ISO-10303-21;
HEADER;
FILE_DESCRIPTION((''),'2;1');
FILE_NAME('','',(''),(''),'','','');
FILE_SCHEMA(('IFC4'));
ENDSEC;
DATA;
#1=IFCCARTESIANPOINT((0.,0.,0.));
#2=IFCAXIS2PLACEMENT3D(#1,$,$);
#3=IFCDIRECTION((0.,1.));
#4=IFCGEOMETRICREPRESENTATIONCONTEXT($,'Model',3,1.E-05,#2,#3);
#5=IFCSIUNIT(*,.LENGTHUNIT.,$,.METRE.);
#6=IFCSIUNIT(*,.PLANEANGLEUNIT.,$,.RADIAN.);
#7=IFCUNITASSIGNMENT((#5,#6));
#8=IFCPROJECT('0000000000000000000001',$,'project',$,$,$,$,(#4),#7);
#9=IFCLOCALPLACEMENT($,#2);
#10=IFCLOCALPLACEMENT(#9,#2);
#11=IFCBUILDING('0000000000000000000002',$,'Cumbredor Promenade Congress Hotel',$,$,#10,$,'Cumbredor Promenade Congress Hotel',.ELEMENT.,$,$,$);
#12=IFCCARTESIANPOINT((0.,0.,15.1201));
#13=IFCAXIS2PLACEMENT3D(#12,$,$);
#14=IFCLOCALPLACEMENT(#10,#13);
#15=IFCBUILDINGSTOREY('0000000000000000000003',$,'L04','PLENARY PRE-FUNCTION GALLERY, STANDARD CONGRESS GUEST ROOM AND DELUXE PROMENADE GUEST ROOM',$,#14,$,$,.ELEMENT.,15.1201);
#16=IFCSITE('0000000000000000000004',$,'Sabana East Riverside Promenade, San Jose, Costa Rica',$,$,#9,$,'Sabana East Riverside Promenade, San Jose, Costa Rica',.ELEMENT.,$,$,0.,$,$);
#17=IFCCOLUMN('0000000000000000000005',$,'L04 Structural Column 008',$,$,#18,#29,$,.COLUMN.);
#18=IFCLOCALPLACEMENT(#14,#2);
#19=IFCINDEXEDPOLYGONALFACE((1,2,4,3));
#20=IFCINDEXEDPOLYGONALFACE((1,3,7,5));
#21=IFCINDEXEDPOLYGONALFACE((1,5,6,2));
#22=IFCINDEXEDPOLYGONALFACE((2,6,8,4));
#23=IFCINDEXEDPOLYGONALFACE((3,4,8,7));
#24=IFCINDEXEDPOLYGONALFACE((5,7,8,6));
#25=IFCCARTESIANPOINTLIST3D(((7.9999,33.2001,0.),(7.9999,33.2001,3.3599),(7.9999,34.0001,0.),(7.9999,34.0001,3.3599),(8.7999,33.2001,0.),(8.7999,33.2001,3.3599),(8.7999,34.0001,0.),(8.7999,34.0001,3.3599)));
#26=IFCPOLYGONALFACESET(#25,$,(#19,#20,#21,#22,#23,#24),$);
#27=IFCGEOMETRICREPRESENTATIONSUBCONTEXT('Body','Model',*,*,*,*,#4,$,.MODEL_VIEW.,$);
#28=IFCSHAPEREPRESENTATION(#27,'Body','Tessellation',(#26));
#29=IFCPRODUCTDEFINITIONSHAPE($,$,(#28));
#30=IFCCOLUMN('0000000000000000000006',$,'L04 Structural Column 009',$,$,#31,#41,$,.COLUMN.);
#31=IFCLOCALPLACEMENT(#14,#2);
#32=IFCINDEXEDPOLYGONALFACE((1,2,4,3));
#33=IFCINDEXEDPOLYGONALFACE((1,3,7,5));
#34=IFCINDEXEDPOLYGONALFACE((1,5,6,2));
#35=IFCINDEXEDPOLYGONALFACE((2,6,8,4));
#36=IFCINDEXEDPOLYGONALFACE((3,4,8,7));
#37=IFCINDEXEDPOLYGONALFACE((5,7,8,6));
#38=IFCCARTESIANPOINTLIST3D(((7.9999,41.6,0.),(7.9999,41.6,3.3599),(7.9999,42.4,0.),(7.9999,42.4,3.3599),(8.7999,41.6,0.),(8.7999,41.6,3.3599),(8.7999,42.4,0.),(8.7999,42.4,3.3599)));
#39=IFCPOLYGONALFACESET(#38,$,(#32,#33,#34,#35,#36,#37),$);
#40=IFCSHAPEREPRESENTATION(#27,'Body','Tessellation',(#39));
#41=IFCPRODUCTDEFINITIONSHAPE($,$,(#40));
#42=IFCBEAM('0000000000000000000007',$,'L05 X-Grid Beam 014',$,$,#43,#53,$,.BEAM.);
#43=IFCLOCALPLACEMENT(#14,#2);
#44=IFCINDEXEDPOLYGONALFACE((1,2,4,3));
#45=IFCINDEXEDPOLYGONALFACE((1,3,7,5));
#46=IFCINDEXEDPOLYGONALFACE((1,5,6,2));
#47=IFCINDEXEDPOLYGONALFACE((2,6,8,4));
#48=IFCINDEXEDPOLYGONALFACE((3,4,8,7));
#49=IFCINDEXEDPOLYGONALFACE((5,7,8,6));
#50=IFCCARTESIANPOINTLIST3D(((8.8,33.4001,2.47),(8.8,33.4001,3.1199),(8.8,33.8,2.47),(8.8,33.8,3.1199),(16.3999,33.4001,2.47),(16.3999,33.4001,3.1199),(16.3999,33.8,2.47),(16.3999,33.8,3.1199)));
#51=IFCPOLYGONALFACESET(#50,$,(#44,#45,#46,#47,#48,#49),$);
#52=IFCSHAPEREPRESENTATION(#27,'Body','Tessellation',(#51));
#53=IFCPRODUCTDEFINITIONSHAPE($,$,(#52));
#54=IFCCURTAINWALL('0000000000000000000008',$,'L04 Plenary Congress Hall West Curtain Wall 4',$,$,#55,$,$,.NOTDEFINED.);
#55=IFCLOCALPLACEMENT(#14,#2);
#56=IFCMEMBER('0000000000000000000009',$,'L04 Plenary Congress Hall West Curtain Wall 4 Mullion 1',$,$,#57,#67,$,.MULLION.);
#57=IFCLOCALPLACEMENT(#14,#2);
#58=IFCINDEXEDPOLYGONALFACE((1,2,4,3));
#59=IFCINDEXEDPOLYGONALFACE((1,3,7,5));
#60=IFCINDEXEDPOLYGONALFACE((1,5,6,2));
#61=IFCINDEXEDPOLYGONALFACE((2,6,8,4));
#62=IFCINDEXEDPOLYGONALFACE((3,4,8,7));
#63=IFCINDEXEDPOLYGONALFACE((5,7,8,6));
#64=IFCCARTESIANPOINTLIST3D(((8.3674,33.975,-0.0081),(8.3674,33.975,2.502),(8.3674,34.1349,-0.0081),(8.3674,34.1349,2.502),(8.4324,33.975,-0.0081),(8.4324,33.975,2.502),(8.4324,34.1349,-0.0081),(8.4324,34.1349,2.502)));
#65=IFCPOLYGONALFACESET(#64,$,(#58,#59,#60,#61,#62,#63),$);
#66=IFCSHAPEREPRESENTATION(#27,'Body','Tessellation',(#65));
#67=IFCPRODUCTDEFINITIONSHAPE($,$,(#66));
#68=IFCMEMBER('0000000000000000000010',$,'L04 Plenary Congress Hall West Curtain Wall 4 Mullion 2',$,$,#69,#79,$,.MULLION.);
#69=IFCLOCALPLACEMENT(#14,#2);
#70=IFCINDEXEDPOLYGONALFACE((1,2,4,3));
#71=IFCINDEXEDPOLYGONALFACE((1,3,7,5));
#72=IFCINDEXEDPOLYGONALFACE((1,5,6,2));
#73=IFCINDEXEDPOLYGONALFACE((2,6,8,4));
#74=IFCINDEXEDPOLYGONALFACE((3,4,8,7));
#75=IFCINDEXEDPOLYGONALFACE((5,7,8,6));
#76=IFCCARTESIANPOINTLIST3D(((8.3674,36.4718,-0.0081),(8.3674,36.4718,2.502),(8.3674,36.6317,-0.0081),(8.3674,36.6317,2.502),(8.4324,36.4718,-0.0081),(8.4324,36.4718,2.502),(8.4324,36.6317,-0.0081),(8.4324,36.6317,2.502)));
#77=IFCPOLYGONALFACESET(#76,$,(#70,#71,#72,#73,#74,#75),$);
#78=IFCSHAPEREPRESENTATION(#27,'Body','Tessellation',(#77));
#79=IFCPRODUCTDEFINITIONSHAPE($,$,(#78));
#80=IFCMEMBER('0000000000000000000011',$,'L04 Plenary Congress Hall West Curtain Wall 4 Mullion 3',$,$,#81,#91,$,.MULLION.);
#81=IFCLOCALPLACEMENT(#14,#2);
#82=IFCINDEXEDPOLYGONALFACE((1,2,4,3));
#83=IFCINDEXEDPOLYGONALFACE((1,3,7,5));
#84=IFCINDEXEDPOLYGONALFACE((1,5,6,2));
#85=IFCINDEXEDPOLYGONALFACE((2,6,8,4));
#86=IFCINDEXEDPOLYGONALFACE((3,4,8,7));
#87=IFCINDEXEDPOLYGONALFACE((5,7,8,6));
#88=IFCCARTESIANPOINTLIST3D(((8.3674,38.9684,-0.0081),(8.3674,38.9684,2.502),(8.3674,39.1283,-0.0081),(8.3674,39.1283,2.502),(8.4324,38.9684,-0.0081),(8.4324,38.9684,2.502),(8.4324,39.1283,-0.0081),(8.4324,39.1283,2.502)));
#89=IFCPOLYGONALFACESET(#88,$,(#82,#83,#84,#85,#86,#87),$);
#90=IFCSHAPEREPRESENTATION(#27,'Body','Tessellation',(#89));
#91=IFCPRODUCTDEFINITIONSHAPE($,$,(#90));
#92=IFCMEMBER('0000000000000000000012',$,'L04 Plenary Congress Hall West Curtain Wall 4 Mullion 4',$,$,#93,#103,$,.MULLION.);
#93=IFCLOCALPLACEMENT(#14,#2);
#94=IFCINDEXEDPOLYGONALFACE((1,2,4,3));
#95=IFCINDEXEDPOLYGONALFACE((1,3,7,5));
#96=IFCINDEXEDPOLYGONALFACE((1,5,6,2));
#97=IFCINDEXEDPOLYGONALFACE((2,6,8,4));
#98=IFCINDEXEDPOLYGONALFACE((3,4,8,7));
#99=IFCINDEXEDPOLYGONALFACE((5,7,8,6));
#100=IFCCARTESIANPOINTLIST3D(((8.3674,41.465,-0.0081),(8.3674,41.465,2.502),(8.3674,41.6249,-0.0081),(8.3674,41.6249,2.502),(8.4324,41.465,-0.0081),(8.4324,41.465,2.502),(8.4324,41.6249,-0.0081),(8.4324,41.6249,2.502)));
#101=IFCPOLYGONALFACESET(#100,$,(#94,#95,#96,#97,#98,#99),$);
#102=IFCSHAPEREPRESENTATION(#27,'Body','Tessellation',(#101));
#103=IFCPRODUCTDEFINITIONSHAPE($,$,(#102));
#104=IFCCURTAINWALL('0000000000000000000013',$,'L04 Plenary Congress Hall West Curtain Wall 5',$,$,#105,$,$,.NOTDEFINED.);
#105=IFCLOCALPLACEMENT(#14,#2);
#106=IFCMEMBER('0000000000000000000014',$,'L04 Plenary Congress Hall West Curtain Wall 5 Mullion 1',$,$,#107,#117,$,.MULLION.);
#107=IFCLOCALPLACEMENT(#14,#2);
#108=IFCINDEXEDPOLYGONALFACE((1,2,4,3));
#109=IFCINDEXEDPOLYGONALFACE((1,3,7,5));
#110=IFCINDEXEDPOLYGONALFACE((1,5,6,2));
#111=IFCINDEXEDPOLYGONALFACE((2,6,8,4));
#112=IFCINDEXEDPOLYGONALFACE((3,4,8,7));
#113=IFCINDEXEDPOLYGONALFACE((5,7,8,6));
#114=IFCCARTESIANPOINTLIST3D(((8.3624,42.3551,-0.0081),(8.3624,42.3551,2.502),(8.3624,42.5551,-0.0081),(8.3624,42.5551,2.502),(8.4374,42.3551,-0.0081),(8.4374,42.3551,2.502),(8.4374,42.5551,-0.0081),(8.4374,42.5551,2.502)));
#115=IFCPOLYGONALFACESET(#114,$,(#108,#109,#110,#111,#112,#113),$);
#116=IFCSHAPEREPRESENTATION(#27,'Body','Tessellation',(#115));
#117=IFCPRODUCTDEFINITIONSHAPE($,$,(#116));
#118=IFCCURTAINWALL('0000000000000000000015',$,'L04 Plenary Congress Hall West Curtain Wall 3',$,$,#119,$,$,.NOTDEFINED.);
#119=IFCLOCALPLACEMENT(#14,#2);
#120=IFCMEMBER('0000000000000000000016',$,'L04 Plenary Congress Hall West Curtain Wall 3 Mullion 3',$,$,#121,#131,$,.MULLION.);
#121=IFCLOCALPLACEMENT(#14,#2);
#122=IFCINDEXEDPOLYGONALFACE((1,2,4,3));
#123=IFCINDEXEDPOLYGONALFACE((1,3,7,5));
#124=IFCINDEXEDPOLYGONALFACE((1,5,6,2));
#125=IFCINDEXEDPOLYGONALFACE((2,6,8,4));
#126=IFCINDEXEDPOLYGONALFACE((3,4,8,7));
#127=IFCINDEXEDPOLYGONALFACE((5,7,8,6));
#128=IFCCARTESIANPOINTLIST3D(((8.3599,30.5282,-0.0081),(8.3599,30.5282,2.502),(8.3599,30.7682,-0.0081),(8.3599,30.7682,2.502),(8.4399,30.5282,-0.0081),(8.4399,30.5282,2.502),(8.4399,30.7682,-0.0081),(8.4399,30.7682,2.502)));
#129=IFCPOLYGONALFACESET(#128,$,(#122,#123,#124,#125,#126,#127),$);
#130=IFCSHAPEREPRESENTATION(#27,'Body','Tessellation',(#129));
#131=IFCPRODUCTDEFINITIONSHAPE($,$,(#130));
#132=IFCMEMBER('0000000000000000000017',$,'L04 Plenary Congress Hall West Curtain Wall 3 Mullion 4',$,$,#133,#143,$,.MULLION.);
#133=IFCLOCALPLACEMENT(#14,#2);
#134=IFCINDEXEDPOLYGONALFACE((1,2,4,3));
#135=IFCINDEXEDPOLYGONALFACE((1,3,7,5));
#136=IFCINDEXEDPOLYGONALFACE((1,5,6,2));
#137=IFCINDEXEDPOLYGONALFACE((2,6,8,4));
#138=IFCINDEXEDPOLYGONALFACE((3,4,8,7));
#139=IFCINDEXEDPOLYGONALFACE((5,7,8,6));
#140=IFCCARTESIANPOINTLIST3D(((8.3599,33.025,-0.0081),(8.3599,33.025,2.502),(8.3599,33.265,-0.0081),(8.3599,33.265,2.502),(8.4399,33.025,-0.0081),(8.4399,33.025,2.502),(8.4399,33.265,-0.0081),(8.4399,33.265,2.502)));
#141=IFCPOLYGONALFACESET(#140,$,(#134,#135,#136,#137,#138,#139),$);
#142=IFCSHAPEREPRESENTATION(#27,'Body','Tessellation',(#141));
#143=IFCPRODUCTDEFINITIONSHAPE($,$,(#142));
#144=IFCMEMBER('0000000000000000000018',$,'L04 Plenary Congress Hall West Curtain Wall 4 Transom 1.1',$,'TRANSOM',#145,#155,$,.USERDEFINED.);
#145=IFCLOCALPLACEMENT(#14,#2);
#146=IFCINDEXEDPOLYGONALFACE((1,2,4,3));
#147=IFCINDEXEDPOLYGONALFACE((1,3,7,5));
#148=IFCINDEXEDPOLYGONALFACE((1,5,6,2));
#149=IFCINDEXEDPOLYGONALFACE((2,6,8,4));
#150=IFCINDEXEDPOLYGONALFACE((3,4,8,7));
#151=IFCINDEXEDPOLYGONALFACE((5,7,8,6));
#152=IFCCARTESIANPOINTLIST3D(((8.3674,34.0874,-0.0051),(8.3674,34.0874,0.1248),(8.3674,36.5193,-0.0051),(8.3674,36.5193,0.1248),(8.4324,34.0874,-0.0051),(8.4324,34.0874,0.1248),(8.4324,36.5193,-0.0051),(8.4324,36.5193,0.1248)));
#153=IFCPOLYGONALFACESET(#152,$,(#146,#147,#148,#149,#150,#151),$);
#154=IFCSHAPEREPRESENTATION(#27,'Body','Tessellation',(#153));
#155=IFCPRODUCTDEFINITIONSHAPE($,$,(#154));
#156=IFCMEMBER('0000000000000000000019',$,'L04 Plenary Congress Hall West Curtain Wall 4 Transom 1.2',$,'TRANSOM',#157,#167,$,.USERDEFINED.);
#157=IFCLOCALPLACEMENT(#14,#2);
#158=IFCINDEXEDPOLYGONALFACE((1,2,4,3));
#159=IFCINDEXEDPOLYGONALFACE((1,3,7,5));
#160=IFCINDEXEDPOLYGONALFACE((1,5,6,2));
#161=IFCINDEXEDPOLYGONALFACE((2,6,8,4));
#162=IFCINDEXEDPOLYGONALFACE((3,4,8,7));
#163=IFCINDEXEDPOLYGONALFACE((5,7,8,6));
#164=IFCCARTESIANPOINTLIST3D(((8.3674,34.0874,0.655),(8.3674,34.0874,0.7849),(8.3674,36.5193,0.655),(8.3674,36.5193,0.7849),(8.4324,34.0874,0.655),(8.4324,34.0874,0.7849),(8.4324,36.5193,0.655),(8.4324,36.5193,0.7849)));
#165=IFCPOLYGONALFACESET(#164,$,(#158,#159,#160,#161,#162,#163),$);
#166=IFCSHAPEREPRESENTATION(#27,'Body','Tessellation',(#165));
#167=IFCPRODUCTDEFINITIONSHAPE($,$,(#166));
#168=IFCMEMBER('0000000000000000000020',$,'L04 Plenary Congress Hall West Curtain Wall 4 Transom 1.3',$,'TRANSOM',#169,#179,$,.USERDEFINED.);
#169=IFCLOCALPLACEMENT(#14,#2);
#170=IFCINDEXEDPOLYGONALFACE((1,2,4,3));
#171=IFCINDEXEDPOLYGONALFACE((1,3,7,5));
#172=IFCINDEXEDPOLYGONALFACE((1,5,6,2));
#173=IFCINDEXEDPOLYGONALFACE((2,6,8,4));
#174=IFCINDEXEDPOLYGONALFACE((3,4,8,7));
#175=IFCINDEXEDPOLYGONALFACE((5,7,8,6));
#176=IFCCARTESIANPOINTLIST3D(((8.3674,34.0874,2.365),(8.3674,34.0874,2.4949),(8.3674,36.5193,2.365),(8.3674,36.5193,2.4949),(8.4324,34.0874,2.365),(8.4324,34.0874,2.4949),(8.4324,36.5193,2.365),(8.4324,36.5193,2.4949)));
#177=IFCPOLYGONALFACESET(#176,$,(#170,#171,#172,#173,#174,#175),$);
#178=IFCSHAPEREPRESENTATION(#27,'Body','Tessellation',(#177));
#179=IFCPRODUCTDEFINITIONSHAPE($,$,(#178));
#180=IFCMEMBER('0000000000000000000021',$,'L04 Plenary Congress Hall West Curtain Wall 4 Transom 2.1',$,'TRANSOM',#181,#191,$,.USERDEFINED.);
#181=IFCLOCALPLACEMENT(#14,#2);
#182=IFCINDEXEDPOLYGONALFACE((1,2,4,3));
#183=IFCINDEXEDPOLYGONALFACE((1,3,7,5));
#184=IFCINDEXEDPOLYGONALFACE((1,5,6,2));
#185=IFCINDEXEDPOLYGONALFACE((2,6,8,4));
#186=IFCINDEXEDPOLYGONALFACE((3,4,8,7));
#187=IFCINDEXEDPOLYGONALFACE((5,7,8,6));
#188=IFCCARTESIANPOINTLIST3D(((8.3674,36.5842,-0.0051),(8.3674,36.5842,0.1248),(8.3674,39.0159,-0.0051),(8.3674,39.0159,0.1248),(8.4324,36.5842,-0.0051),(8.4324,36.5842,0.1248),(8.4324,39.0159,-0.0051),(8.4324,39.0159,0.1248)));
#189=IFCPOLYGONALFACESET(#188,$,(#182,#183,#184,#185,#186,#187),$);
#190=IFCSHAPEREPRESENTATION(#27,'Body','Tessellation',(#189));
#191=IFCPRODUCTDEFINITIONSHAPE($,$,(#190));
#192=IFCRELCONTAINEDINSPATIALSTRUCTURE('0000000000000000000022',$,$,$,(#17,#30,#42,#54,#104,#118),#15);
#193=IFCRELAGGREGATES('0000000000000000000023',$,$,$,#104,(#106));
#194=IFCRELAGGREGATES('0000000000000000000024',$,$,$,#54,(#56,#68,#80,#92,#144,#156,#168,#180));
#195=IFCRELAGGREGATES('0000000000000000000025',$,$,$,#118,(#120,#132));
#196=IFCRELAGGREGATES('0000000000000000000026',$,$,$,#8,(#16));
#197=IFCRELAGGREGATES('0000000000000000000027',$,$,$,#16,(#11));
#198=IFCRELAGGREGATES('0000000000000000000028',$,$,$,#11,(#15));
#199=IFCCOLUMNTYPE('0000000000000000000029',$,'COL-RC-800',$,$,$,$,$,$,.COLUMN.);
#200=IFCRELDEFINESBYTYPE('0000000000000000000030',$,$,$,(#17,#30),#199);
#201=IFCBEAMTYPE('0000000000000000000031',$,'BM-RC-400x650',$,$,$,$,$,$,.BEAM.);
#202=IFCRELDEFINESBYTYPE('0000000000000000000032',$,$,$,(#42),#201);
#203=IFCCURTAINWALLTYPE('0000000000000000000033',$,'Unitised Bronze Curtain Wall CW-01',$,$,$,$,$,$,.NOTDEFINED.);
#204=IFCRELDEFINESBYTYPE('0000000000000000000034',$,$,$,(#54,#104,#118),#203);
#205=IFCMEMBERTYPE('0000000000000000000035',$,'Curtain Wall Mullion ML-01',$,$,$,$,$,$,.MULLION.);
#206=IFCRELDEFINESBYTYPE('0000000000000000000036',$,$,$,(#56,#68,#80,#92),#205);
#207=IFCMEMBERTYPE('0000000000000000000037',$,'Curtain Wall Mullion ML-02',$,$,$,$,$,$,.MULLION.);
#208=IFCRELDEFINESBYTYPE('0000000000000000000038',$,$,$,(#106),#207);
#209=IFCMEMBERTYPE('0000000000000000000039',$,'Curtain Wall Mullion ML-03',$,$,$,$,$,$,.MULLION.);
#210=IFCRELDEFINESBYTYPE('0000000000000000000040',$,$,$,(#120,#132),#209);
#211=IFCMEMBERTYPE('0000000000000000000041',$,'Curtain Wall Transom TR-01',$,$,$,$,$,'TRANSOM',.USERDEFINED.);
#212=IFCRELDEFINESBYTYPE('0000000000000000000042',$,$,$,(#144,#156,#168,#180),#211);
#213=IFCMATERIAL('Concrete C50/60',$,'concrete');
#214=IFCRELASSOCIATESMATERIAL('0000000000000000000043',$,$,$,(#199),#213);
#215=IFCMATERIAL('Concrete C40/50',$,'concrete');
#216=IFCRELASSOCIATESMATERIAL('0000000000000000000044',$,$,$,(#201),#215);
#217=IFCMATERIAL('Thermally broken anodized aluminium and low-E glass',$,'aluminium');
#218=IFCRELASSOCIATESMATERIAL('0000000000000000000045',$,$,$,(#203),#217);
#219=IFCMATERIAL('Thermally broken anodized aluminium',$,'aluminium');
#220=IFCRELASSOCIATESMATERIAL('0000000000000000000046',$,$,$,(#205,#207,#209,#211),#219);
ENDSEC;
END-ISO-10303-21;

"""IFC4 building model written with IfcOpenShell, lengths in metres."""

from ifc_helpers import new_model, si_unit, direction, frame, origin, origin_2d, place, context, subcontext, project, spatial, rectangle, extrude, material, material_profile, profile_set, type_object, element, aggregate, save


model = new_model("IFC4")

# Units and contexts
model_context = context("Model", 3, precision=1e-05, world=origin(), true_north=direction((0.0, 1.0)))
body_context = subcontext(model_context, "Body", "Model", "MODEL_VIEW")
ifc_project = project(units=[si_unit("LENGTHUNIT", "METRE"), si_unit("PLANEANGLEUNIT", "RADIAN")], contexts=[model_context])

# Site, building, storey
site_placement = place(None, origin())
site = spatial("IfcSite", under=ifc_project, at=site_placement, Name="Sabana East Riverside Promenade, San Jose, Costa Rica", LongName="Sabana East Riverside Promenade, San Jose, Costa Rica", CompositionType="ELEMENT", RefElevation=0.0)
building_placement = place(site_placement, origin())
building = spatial("IfcBuilding", under=site, at=building_placement, Name="Cumbredor Promenade Congress Hotel", LongName="Cumbredor Promenade Congress Hotel", CompositionType="ELEMENT")
storey_placement = place(building_placement, frame((0.0, 0.0, 15.1201)))
storey = spatial("IfcBuildingStorey", under=building, at=storey_placement, Name="L04", Description="PLENARY PRE-FUNCTION GALLERY, STANDARD CONGRESS GUEST ROOM AND DELUXE PROMENADE GUEST ROOM", CompositionType="ELEMENT", Elevation=15.1201)

# Columns
ifc_material_1 = material(Name="Concrete C50/60", Category="concrete")
ifc_material_profile_1 = material_profile(ifc_material_1, rectangle(XDim=0.8, YDim=0.8, at=origin_2d()), Name="RC 800x800")
ifc_profile_set_1 = profile_set([ifc_material_profile_1], Name="Concrete C50/60")
column_type = type_object("IfcColumnType", Name="COL-RC-800", PredefinedType="COLUMN", material=ifc_profile_set_1)
for number, where, z_axis, x_axis, name in (
    (1, (8.3999, 33.6001, 0.0), (0.0, 0.0, 1.0), (1.0, 0.0, 0.0), "L04 Structural Column 008"),
    (2, (8.3999, 42.0, 0.0), (0.0, 0.0, 1.0), (1.0, 0.0, 0.0), "L04 Structural Column 009"),
):
    element("IfcColumn", number, at=place(storey_placement, frame(where, z_axis=z_axis, x_axis=x_axis)), inside=storey, type_object=column_type, Name=name, PredefinedType="COLUMN", context=body_context, shape_type="SweptSolid", body=[
        extrude(rectangle(XDim=0.8, YDim=0.8, at=origin_2d()), origin(), (0.0, 0.0, 1.0), 3.3599),
    ])

# Beam
ifc_material_2 = material(Name="Concrete C40/50", Category="concrete")
ifc_material_profile_2 = material_profile(ifc_material_2, rectangle(XDim=0.3999, YDim=0.6499, at=origin_2d()), Name="RC BEAM 400x650")
ifc_profile_set_2 = profile_set([ifc_material_profile_2], Name="Concrete C40/50")
beam_type_1 = type_object("IfcBeamType", Name="BM-RC-400x650", PredefinedType="BEAM", material=ifc_profile_set_2)
beam_placement = place(storey_placement, frame((8.8, 33.6001, 2.7949), z_axis=(1.0, 0.0, 0.0), x_axis=(0.0, 1.0, 0.0)))
element("IfcBeam", 3, at=beam_placement, inside=storey, type_object=beam_type_1, Name="L05 X-Grid Beam 014", PredefinedType="BEAM", context=body_context, shape_type="SweptSolid", body=[
    extrude(rectangle(XDim=0.3999, YDim=0.6499, at=origin_2d()), origin(), (0.0, 0.0, 1.0), 7.5999),
])

# Curtain wall, members
ifc_material_3 = material(Name="Thermally broken anodized aluminium and low-E glass", Category="aluminium")
curtain_wall_type = type_object("IfcCurtainWallType", Name="Unitised Bronze Curtain Wall CW-01", PredefinedType="NOTDEFINED", material=ifc_material_3)
curtain_wall_1_placement = place(storey_placement, origin())
curtain_wall_1 = element("IfcCurtainWall", 4, at=curtain_wall_1_placement, inside=storey, type_object=curtain_wall_type, Name="L04 Plenary Congress Hall West Curtain Wall 4", PredefinedType="NOTDEFINED")
ifc_material_4 = material(Name="Thermally broken anodized aluminium", Category="aluminium")
ifc_material_profile_3 = material_profile(ifc_material_4, rectangle(XDim=0.0649, YDim=0.1599, at=origin_2d()), Name="ALU MULLION 65x160")
ifc_profile_set_3 = profile_set([ifc_material_profile_3], Name="Thermally broken anodized aluminium")
member_type_1 = type_object("IfcMemberType", Name="Curtain Wall Mullion ML-01", PredefinedType="MULLION", material=ifc_profile_set_3)
member_1_placement = place(storey_placement, frame((8.3999, 34.0549, -0.0081), z_axis=(0.0, 0.0, 1.0), x_axis=(1.0, 0.0, 0.0)))
member_1 = element("IfcMember", 5, at=member_1_placement, type_object=member_type_1, Name="L04 Plenary Congress Hall West Curtain Wall 4 Mullion 1", PredefinedType="MULLION", context=body_context, shape_type="SweptSolid", body=[
    extrude(rectangle(XDim=0.0649, YDim=0.1599, at=origin_2d()), origin(), (0.0, 0.0, 1.0), 2.51),
])
member_2_placement = place(storey_placement, frame((8.3999, 36.5518, -0.0081), z_axis=(0.0, 0.0, 1.0), x_axis=(1.0, 0.0, 0.0)))
member_2 = element("IfcMember", 6, at=member_2_placement, type_object=member_type_1, Name="L04 Plenary Congress Hall West Curtain Wall 4 Mullion 2", PredefinedType="MULLION", context=body_context, shape_type="SweptSolid", body=[
    extrude(rectangle(XDim=0.0649, YDim=0.1599, at=origin_2d()), origin(), (0.0, 0.0, 1.0), 2.51),
])
member_3_placement = place(storey_placement, frame((8.3999, 39.0483, -0.0081), z_axis=(0.0, 0.0, 1.0), x_axis=(1.0, 0.0, 0.0)))
member_3 = element("IfcMember", 7, at=member_3_placement, type_object=member_type_1, Name="L04 Plenary Congress Hall West Curtain Wall 4 Mullion 3", PredefinedType="MULLION", context=body_context, shape_type="SweptSolid", body=[
    extrude(rectangle(XDim=0.0649, YDim=0.1599, at=origin_2d()), origin(), (0.0, 0.0, 1.0), 2.51),
])
member_4_placement = place(storey_placement, frame((8.3999, 41.5449, -0.0081), z_axis=(0.0, 0.0, 1.0), x_axis=(1.0, 0.0, 0.0)))
member_4 = element("IfcMember", 8, at=member_4_placement, type_object=member_type_1, Name="L04 Plenary Congress Hall West Curtain Wall 4 Mullion 4", PredefinedType="MULLION", context=body_context, shape_type="SweptSolid", body=[
    extrude(rectangle(XDim=0.0649, YDim=0.1599, at=origin_2d()), origin(), (0.0, 0.0, 1.0), 2.51),
])

# Curtain wall, member
curtain_wall_2_placement = place(storey_placement, origin())
curtain_wall_2 = element("IfcCurtainWall", 9, at=curtain_wall_2_placement, inside=storey, type_object=curtain_wall_type, Name="L04 Plenary Congress Hall West Curtain Wall 5", PredefinedType="NOTDEFINED")
ifc_material_profile_4 = material_profile(ifc_material_4, rectangle(XDim=0.075, YDim=0.2, at=origin_2d()), Name="ALU MULLION 75x200")
ifc_profile_set_4 = profile_set([ifc_material_profile_4], Name="Thermally broken anodized aluminium")
member_type_2 = type_object("IfcMemberType", Name="Curtain Wall Mullion ML-02", PredefinedType="MULLION", material=ifc_profile_set_4)
member_5_placement = place(storey_placement, frame((8.3999, 42.4551, -0.0081), z_axis=(0.0, 0.0, 1.0), x_axis=(1.0, 0.0, 0.0)))
member_5 = element("IfcMember", 10, at=member_5_placement, type_object=member_type_2, Name="L04 Plenary Congress Hall West Curtain Wall 5 Mullion 1", PredefinedType="MULLION", context=body_context, shape_type="SweptSolid", body=[
    extrude(rectangle(XDim=0.075, YDim=0.2, at=origin_2d()), origin(), (0.0, 0.0, 1.0), 2.51),
])

# Curtain wall, members
curtain_wall_3_placement = place(storey_placement, origin())
curtain_wall_3 = element("IfcCurtainWall", 11, at=curtain_wall_3_placement, inside=storey, type_object=curtain_wall_type, Name="L04 Plenary Congress Hall West Curtain Wall 3", PredefinedType="NOTDEFINED")
ifc_material_profile_5 = material_profile(ifc_material_4, rectangle(XDim=0.0801, YDim=0.24, at=origin_2d()), Name="ALU MULLION 80x240")
ifc_profile_set_5 = profile_set([ifc_material_profile_5], Name="Thermally broken anodized aluminium")
member_type_3 = type_object("IfcMemberType", Name="Curtain Wall Mullion ML-03", PredefinedType="MULLION", material=ifc_profile_set_5)
member_6_placement = place(storey_placement, frame((8.3999, 30.6482, -0.0081), z_axis=(0.0, 0.0, 1.0), x_axis=(1.0, 0.0, 0.0)))
member_6 = element("IfcMember", 12, at=member_6_placement, type_object=member_type_3, Name="L04 Plenary Congress Hall West Curtain Wall 3 Mullion 3", PredefinedType="MULLION", context=body_context, shape_type="SweptSolid", body=[
    extrude(rectangle(XDim=0.0801, YDim=0.24, at=origin_2d()), origin(), (0.0, 0.0, 1.0), 2.51),
])
member_7_placement = place(storey_placement, frame((8.3999, 33.145, -0.0081), z_axis=(0.0, 0.0, 1.0), x_axis=(1.0, 0.0, 0.0)))
member_7 = element("IfcMember", 13, at=member_7_placement, type_object=member_type_3, Name="L04 Plenary Congress Hall West Curtain Wall 3 Mullion 4", PredefinedType="MULLION", context=body_context, shape_type="SweptSolid", body=[
    extrude(rectangle(XDim=0.0801, YDim=0.24, at=origin_2d()), origin(), (0.0, 0.0, 1.0), 2.51),
])

# Members
ifc_material_profile_6 = material_profile(ifc_material_4, rectangle(XDim=0.0649, YDim=0.1299, at=origin_2d()), Name="ALU TRANSOM 65x130")
ifc_profile_set_6 = profile_set([ifc_material_profile_6], Name="Thermally broken anodized aluminium")
member_type_4 = type_object("IfcMemberType", Name="Curtain Wall Transom TR-01", ElementType="TRANSOM", PredefinedType="USERDEFINED", material=ifc_profile_set_6)
member_8_placement = place(storey_placement, frame((8.3999, 34.0874, 0.0598), z_axis=(0.0, 1.0, 0.0), x_axis=(-1.0, 0.0, 0.0)))
member_8 = element("IfcMember", 14, at=member_8_placement, type_object=member_type_4, Name="L04 Plenary Congress Hall West Curtain Wall 4 Transom 1.1", ObjectType="TRANSOM", PredefinedType="USERDEFINED", context=body_context, shape_type="SweptSolid", body=[
    extrude(rectangle(XDim=0.0649, YDim=0.1299, at=origin_2d()), origin(), (0.0, 0.0, 1.0), 2.4319),
])
member_9_placement = place(storey_placement, frame((8.3999, 34.0874, 0.72), z_axis=(0.0, 1.0, 0.0), x_axis=(-1.0, 0.0, 0.0)))
member_9 = element("IfcMember", 15, at=member_9_placement, type_object=member_type_4, Name="L04 Plenary Congress Hall West Curtain Wall 4 Transom 1.2", ObjectType="TRANSOM", PredefinedType="USERDEFINED", context=body_context, shape_type="SweptSolid", body=[
    extrude(rectangle(XDim=0.0649, YDim=0.1299, at=origin_2d()), origin(), (0.0, 0.0, 1.0), 2.4319),
])
member_10_placement = place(storey_placement, frame((8.3999, 34.0874, 2.4299), z_axis=(0.0, 1.0, 0.0), x_axis=(-1.0, 0.0, 0.0)))
member_10 = element("IfcMember", 16, at=member_10_placement, type_object=member_type_4, Name="L04 Plenary Congress Hall West Curtain Wall 4 Transom 1.3", ObjectType="TRANSOM", PredefinedType="USERDEFINED", context=body_context, shape_type="SweptSolid", body=[
    extrude(rectangle(XDim=0.0649, YDim=0.1299, at=origin_2d()), origin(), (0.0, 0.0, 1.0), 2.4319),
])
member_11_placement = place(storey_placement, frame((8.3999, 36.5842, 0.0598), z_axis=(0.0, 1.0, 0.0), x_axis=(-1.0, 0.0, 0.0)))
member_11 = element("IfcMember", 17, at=member_11_placement, type_object=member_type_4, Name="L04 Plenary Congress Hall West Curtain Wall 4 Transom 2.1", ObjectType="TRANSOM", PredefinedType="USERDEFINED", context=body_context, shape_type="SweptSolid", body=[
    extrude(rectangle(XDim=0.0649, YDim=0.1299, at=origin_2d()), origin(), (0.0, 0.0, 1.0), 2.4316),
])
aggregate(curtain_wall_2, [member_5])

aggregate(curtain_wall_1, [member_1, member_2, member_3, member_4, member_8, member_9, member_10, member_11])
aggregate(curtain_wall_3, [member_6, member_7])

save(model, "model.ifc")
